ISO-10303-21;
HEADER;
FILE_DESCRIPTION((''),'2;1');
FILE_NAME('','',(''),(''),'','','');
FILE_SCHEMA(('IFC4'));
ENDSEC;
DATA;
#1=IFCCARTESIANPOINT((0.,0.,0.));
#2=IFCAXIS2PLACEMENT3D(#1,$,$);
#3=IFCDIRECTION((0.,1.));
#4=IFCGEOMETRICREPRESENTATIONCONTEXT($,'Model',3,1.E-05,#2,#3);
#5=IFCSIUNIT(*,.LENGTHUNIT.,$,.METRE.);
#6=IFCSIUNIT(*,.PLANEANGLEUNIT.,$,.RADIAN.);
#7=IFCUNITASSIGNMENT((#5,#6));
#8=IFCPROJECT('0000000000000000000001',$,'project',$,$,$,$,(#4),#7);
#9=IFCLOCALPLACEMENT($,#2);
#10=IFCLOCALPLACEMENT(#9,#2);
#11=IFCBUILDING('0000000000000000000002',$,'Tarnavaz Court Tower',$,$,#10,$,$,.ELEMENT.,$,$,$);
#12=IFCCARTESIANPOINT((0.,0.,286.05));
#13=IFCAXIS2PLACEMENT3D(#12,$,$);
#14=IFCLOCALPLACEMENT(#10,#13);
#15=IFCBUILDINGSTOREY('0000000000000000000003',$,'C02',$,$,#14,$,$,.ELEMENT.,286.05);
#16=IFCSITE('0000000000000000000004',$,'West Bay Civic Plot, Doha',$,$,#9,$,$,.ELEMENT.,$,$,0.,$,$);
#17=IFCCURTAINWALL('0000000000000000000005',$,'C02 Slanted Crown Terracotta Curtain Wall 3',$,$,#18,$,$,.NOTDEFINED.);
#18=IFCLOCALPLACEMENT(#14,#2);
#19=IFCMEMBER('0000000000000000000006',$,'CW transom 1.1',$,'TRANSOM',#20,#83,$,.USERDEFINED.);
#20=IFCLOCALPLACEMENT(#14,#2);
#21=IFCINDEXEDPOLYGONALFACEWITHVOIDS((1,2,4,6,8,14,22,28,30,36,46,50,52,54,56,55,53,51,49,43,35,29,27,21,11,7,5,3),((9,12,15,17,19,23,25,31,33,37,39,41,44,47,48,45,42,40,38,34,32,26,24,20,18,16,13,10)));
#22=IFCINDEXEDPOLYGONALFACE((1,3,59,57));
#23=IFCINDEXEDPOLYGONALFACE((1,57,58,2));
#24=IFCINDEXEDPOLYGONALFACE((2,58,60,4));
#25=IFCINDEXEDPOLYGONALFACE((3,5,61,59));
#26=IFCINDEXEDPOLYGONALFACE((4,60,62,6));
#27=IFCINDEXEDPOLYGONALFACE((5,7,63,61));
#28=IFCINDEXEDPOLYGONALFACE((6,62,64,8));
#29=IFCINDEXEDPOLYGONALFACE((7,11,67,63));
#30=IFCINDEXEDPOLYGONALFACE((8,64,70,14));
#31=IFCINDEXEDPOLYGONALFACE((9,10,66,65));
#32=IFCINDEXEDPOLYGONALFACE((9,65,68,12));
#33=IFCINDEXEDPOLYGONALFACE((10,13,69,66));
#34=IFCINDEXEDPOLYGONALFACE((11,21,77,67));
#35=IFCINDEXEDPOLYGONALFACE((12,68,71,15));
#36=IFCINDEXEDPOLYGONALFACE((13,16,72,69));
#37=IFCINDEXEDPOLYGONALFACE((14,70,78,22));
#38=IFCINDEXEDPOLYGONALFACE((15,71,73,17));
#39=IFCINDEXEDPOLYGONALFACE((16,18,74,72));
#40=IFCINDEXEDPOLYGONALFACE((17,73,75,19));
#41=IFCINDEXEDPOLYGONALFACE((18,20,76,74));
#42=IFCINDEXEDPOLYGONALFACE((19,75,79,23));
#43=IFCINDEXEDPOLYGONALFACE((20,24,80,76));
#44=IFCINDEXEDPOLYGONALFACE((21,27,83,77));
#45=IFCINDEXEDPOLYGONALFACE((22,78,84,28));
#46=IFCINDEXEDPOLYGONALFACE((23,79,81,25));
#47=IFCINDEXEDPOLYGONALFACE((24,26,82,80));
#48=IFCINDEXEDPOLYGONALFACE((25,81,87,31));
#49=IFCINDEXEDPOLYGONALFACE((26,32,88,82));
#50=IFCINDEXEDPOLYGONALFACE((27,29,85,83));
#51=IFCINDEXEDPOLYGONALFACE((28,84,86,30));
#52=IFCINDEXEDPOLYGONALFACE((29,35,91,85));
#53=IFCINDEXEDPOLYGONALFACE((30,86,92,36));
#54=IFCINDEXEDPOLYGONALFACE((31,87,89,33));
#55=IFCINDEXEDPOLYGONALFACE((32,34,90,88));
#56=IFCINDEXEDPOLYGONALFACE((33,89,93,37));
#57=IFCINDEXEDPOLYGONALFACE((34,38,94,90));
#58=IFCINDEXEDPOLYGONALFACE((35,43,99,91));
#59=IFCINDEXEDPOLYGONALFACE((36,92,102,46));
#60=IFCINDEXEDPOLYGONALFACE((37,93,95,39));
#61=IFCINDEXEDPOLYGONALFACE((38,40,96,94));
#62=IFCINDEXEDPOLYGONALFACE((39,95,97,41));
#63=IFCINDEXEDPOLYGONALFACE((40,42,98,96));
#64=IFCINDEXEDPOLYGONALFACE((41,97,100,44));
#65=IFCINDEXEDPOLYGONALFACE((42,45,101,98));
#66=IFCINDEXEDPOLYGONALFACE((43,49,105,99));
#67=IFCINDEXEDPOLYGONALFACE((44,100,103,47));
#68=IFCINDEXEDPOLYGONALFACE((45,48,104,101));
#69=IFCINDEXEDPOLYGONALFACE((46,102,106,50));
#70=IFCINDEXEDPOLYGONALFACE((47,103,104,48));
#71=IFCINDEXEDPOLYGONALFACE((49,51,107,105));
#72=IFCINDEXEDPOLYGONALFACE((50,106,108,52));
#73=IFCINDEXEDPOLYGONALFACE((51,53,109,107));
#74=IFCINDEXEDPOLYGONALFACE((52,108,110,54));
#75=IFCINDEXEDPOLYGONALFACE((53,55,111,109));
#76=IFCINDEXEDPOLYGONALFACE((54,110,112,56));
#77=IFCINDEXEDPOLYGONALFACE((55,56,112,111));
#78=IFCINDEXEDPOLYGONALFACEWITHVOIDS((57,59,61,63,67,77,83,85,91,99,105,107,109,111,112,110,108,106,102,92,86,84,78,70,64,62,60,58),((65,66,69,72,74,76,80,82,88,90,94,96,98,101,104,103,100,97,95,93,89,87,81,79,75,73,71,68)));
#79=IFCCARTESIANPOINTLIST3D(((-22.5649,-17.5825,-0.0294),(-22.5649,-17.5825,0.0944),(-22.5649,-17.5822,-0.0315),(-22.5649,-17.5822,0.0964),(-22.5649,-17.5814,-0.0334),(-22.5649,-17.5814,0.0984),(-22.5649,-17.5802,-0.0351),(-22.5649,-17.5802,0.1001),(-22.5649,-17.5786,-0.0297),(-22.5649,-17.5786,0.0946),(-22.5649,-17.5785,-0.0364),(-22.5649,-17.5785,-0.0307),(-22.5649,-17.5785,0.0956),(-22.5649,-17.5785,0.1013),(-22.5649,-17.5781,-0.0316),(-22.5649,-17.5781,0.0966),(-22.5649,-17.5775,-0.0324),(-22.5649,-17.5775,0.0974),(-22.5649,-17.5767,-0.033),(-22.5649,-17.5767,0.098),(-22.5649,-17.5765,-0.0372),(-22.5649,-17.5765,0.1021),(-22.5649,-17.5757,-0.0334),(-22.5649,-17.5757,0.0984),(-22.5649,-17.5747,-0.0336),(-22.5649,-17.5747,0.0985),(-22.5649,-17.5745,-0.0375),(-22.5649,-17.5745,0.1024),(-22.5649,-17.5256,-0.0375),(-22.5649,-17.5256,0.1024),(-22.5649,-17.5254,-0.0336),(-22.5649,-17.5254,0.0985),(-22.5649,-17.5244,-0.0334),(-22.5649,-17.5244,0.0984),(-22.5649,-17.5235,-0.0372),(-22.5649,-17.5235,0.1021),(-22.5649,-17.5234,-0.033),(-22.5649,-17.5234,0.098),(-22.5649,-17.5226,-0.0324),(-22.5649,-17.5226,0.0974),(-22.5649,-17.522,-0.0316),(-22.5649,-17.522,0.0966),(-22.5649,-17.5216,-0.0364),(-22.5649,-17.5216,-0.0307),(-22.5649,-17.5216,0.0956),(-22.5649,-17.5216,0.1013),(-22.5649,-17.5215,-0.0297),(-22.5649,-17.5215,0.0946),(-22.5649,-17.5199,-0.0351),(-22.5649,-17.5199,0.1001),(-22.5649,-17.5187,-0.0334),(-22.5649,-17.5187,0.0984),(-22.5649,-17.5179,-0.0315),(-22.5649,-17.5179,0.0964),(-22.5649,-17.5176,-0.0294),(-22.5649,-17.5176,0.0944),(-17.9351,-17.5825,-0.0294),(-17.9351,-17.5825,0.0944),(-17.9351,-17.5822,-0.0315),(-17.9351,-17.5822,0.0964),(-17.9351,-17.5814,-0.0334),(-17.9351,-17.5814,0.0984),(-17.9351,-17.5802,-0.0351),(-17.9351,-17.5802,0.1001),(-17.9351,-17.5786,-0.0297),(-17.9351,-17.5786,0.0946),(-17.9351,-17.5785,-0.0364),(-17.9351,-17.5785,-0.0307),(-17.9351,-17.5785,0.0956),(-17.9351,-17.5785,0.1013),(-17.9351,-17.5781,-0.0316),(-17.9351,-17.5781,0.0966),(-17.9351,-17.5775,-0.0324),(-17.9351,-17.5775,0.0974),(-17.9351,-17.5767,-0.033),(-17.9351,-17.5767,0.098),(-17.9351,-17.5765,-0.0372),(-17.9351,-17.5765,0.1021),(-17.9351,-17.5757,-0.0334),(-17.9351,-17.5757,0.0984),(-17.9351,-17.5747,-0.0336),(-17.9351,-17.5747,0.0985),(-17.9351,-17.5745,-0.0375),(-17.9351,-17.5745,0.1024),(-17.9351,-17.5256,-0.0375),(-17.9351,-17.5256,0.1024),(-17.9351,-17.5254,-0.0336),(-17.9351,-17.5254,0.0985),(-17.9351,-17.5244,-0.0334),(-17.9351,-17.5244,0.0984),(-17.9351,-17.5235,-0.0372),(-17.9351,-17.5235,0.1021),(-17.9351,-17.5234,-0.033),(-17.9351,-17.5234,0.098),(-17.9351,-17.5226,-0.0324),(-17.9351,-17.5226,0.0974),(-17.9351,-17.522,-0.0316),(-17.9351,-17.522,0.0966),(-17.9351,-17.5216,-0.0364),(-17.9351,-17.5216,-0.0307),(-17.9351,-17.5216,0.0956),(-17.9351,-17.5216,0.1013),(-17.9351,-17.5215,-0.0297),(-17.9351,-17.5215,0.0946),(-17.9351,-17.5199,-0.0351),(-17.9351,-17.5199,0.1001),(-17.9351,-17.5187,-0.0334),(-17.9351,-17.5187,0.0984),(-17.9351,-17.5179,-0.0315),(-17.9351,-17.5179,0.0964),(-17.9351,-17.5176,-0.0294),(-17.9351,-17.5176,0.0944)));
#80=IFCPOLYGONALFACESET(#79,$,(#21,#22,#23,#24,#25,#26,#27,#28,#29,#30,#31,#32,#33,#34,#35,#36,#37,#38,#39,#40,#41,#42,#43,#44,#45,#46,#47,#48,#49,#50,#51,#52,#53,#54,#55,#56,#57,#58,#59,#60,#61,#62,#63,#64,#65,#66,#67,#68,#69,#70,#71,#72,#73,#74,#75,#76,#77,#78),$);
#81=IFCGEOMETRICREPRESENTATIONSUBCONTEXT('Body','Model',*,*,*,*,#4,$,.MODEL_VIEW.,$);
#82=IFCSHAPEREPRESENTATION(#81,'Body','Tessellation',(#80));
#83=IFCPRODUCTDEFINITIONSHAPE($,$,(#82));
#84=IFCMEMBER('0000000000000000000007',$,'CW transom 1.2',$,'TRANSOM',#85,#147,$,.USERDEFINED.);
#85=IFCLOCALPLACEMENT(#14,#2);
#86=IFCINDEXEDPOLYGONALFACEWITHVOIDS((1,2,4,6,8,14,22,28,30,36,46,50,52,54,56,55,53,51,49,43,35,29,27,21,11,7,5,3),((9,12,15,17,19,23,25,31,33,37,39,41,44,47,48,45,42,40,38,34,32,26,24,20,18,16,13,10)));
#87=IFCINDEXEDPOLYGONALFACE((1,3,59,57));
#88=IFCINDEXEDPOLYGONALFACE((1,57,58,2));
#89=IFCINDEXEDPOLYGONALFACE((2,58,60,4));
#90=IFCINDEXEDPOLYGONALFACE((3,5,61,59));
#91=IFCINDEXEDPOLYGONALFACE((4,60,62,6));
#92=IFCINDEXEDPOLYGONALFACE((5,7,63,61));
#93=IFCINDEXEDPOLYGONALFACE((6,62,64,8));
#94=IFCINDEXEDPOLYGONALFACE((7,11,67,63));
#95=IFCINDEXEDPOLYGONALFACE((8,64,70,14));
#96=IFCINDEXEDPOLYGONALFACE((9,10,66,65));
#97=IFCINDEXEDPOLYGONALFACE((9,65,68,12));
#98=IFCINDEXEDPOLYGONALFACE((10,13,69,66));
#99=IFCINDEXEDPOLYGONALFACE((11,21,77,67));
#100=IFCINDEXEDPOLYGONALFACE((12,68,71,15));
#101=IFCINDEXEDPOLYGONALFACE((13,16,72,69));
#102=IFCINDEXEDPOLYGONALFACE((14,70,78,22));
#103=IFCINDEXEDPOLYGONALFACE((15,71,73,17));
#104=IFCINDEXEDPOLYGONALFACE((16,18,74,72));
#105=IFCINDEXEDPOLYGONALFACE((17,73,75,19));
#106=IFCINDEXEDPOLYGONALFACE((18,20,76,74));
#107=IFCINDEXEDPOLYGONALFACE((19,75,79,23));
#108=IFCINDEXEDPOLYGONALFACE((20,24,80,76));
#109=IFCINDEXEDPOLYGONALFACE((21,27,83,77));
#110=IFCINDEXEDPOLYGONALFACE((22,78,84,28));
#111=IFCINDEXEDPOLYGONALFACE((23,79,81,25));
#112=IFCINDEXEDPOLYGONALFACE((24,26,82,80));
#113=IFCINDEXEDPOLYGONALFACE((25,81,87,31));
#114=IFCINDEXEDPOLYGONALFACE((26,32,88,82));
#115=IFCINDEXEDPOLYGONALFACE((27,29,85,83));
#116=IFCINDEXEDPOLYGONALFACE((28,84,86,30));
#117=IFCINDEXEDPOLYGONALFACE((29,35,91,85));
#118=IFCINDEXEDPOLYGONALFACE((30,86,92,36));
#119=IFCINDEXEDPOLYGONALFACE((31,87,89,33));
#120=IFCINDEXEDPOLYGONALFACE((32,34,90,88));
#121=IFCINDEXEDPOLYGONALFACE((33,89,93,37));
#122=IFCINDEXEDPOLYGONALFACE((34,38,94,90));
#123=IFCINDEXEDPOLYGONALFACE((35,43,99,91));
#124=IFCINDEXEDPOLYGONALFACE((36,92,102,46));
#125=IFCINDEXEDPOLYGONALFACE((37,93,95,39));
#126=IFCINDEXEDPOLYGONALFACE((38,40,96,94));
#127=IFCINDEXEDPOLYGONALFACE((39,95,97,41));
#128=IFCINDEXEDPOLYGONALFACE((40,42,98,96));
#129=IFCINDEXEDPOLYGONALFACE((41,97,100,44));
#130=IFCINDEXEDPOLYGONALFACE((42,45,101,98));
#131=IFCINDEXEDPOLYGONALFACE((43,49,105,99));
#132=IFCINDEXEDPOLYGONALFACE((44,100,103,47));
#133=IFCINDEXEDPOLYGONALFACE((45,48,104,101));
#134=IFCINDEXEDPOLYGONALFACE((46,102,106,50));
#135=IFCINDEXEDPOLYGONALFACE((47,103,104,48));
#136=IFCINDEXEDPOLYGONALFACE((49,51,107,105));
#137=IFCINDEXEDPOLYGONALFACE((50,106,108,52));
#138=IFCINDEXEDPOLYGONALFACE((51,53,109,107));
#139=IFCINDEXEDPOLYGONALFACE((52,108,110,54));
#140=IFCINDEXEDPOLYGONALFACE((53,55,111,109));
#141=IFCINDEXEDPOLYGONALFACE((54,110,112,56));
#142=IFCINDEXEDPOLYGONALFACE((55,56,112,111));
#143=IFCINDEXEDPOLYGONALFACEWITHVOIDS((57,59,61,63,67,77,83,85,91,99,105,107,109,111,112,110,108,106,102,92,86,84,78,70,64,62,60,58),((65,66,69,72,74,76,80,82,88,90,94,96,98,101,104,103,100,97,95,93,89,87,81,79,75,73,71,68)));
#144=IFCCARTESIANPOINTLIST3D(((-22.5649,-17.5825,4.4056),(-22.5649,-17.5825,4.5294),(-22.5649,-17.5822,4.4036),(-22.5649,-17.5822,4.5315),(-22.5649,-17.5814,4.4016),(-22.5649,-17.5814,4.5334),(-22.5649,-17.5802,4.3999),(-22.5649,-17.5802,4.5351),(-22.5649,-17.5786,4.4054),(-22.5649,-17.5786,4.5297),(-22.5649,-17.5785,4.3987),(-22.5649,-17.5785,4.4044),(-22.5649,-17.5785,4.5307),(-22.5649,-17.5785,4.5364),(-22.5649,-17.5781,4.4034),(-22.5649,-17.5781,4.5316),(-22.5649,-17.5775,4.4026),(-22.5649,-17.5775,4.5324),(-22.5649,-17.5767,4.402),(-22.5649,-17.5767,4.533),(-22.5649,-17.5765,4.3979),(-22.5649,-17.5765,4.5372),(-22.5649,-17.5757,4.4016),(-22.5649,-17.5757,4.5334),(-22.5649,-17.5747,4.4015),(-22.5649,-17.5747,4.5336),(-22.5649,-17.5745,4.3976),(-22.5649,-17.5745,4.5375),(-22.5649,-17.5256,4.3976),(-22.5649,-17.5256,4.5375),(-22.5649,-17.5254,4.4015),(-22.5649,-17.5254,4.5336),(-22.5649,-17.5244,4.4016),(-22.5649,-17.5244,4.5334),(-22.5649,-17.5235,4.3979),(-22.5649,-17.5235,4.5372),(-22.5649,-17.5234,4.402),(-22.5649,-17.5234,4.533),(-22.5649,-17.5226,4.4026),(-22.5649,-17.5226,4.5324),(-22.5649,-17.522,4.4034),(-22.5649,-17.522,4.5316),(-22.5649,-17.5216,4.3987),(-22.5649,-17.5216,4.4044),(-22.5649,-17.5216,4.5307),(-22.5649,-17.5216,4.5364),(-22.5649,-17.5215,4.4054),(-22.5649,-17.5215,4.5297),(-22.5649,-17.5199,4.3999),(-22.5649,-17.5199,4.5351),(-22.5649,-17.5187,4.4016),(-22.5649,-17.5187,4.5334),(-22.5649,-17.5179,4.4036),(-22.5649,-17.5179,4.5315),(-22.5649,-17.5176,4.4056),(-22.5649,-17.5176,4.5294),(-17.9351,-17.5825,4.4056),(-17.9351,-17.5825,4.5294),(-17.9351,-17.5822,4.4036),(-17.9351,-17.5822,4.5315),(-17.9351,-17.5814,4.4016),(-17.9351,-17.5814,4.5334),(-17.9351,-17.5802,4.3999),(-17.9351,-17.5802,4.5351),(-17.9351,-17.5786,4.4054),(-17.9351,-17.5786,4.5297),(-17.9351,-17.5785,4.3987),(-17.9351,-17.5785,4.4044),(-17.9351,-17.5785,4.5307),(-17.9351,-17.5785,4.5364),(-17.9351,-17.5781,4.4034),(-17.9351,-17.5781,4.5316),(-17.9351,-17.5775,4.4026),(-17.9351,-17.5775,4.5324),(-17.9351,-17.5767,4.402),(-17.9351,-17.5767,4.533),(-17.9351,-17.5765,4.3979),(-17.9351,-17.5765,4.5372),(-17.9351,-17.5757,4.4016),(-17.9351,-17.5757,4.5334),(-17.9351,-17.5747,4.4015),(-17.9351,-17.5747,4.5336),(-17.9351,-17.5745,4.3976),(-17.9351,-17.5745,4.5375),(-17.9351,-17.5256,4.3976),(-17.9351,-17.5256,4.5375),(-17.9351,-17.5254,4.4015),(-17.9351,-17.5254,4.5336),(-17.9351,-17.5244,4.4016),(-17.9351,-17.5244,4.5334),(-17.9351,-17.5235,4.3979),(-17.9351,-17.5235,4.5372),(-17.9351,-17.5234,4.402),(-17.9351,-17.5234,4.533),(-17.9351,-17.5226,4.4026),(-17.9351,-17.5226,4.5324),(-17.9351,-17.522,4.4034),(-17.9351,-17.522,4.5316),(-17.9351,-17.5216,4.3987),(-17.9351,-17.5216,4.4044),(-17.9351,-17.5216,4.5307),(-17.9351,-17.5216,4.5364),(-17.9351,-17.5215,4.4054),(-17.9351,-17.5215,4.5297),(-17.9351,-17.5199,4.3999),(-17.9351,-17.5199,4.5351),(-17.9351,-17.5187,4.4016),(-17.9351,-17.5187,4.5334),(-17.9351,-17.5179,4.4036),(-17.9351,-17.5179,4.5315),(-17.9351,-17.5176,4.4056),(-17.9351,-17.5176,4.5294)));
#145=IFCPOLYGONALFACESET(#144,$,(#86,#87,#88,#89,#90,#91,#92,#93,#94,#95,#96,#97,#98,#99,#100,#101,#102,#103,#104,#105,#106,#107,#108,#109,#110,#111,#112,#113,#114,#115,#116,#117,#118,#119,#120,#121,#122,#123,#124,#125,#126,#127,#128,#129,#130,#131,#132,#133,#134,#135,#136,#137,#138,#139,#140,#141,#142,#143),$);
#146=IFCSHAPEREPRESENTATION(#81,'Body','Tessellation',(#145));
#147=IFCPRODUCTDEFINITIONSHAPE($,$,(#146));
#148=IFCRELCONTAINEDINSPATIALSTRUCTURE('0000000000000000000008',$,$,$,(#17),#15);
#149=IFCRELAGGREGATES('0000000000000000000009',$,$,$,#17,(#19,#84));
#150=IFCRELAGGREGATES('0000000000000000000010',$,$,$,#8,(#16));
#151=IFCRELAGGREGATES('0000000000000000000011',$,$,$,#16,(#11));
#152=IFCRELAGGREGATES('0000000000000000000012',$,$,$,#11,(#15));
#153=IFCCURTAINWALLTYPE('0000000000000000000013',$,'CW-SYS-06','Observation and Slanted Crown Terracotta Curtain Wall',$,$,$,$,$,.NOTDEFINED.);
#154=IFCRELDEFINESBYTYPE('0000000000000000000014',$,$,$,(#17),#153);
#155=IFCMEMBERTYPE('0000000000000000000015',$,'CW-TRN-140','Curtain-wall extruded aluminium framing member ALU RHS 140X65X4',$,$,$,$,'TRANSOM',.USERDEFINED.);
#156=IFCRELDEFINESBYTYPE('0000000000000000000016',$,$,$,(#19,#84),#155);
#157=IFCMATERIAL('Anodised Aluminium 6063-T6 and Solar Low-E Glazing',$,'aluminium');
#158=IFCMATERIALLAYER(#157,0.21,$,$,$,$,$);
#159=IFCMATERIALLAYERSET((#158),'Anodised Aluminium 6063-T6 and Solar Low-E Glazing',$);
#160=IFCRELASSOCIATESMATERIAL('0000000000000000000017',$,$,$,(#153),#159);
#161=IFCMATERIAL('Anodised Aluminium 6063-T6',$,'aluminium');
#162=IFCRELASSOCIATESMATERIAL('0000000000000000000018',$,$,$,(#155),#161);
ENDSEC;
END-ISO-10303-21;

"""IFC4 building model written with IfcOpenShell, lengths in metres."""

from ifc_helpers import new_model, si_unit, direction, frame, origin, origin_2d, place, context, subcontext, project, spatial, hollow_rectangle, extrude, material, layer, layer_set, material_profile, profile_set, type_object, element, aggregate, save


model = new_model("IFC4")

# Units and contexts
model_context = context("Model", 3, precision=1e-05, world=origin(), true_north=direction((0.0, 1.0)))
body_context = subcontext(model_context, "Body", "Model", "MODEL_VIEW")
ifc_project = project(units=[si_unit("LENGTHUNIT", "METRE"), si_unit("PLANEANGLEUNIT", "RADIAN")], contexts=[model_context])

# Site, building, storey
site_placement = place(None, origin())
site = spatial("IfcSite", under=ifc_project, at=site_placement, Name="West Bay Civic Plot, Doha", CompositionType="ELEMENT", RefElevation=0.0)
building_placement = place(site_placement, origin())
building = spatial("IfcBuilding", under=site, at=building_placement, Name="Tarnavaz Court Tower", CompositionType="ELEMENT")
storey_placement = place(building_placement, frame((0.0, 0.0, 286.05)))
storey = spatial("IfcBuildingStorey", under=building, at=storey_placement, Name="C02", CompositionType="ELEMENT", Elevation=286.05)

# Curtain wall
ifc_material_1 = material(Name="Anodised Aluminium 6063-T6 and Solar Low-E Glazing", Category="aluminium")
ifc_layer_1 = layer(ifc_material_1, 0.21)
ifc_layer_set_1 = layer_set([ifc_layer_1], Name="Anodised Aluminium 6063-T6 and Solar Low-E Glazing")
curtain_wall_type = type_object("IfcCurtainWallType", Name="CW-SYS-06", Description="Observation and Slanted Crown Terracotta Curtain Wall", PredefinedType="NOTDEFINED", material=ifc_layer_set_1)
ifc_material_2 = material(Name="Anodised Aluminium 6063-T6", Category="aluminium")
curtain_wall_1_placement = place(storey_placement, origin())
curtain_wall_1 = element("IfcCurtainWall", 1, at=curtain_wall_1_placement, inside=storey, type_object=curtain_wall_type, Name="C02 Slanted Crown Terracotta Curtain Wall 3", PredefinedType="NOTDEFINED")

# Members
ifc_material_profile_1 = material_profile(ifc_material_2, hollow_rectangle(XDim=0.0649, YDim=0.1399, WallThickness=0.0039, InnerFilletRadius=0.0039, OuterFilletRadius=0.0081, at=origin_2d()), Name="ALU RHS 140X65X4")
ifc_profile_set_1 = profile_set([ifc_material_profile_1], Name="Anodised Aluminium 6063-T6")
member_type_1 = type_object("IfcMemberType", Name="CW-TRN-140", Description="Curtain-wall extruded aluminium framing member ALU RHS 140X65X4", ElementType="TRANSOM", PredefinedType="USERDEFINED", material=ifc_profile_set_1)
member_1_placement = place(storey_placement, frame((-17.9351, -17.55, 0.0325), z_axis=(-1.0, 0.0, 0.0), x_axis=(0.0, -1.0, 0.0)))
member_1 = element("IfcMember", 2, at=member_1_placement, type_object=member_type_1, Name="CW transom 1.1", ObjectType="TRANSOM", PredefinedType="USERDEFINED", context=body_context, shape_type="SweptSolid", body=[
    extrude(hollow_rectangle(XDim=0.0649, YDim=0.1399, WallThickness=0.0039, InnerFilletRadius=0.0039, OuterFilletRadius=0.0081, at=origin_2d()), origin(), (0.0, 0.0, 1.0), 4.6299),
])
member_2_placement = place(storey_placement, frame((-17.9351, -17.55, 4.4675), z_axis=(-1.0, 0.0, 0.0), x_axis=(0.0, -1.0, 0.0)))
member_2 = element("IfcMember", 3, at=member_2_placement, type_object=member_type_1, Name="CW transom 1.2", ObjectType="TRANSOM", PredefinedType="USERDEFINED", context=body_context, shape_type="SweptSolid", body=[
    extrude(hollow_rectangle(XDim=0.0649, YDim=0.1399, WallThickness=0.0039, InnerFilletRadius=0.0039, OuterFilletRadius=0.0081, at=origin_2d()), origin(), (0.0, 0.0, 1.0), 4.6299),
])

aggregate(curtain_wall_1, [member_1, member_2])

save(model, "model.ifc")
